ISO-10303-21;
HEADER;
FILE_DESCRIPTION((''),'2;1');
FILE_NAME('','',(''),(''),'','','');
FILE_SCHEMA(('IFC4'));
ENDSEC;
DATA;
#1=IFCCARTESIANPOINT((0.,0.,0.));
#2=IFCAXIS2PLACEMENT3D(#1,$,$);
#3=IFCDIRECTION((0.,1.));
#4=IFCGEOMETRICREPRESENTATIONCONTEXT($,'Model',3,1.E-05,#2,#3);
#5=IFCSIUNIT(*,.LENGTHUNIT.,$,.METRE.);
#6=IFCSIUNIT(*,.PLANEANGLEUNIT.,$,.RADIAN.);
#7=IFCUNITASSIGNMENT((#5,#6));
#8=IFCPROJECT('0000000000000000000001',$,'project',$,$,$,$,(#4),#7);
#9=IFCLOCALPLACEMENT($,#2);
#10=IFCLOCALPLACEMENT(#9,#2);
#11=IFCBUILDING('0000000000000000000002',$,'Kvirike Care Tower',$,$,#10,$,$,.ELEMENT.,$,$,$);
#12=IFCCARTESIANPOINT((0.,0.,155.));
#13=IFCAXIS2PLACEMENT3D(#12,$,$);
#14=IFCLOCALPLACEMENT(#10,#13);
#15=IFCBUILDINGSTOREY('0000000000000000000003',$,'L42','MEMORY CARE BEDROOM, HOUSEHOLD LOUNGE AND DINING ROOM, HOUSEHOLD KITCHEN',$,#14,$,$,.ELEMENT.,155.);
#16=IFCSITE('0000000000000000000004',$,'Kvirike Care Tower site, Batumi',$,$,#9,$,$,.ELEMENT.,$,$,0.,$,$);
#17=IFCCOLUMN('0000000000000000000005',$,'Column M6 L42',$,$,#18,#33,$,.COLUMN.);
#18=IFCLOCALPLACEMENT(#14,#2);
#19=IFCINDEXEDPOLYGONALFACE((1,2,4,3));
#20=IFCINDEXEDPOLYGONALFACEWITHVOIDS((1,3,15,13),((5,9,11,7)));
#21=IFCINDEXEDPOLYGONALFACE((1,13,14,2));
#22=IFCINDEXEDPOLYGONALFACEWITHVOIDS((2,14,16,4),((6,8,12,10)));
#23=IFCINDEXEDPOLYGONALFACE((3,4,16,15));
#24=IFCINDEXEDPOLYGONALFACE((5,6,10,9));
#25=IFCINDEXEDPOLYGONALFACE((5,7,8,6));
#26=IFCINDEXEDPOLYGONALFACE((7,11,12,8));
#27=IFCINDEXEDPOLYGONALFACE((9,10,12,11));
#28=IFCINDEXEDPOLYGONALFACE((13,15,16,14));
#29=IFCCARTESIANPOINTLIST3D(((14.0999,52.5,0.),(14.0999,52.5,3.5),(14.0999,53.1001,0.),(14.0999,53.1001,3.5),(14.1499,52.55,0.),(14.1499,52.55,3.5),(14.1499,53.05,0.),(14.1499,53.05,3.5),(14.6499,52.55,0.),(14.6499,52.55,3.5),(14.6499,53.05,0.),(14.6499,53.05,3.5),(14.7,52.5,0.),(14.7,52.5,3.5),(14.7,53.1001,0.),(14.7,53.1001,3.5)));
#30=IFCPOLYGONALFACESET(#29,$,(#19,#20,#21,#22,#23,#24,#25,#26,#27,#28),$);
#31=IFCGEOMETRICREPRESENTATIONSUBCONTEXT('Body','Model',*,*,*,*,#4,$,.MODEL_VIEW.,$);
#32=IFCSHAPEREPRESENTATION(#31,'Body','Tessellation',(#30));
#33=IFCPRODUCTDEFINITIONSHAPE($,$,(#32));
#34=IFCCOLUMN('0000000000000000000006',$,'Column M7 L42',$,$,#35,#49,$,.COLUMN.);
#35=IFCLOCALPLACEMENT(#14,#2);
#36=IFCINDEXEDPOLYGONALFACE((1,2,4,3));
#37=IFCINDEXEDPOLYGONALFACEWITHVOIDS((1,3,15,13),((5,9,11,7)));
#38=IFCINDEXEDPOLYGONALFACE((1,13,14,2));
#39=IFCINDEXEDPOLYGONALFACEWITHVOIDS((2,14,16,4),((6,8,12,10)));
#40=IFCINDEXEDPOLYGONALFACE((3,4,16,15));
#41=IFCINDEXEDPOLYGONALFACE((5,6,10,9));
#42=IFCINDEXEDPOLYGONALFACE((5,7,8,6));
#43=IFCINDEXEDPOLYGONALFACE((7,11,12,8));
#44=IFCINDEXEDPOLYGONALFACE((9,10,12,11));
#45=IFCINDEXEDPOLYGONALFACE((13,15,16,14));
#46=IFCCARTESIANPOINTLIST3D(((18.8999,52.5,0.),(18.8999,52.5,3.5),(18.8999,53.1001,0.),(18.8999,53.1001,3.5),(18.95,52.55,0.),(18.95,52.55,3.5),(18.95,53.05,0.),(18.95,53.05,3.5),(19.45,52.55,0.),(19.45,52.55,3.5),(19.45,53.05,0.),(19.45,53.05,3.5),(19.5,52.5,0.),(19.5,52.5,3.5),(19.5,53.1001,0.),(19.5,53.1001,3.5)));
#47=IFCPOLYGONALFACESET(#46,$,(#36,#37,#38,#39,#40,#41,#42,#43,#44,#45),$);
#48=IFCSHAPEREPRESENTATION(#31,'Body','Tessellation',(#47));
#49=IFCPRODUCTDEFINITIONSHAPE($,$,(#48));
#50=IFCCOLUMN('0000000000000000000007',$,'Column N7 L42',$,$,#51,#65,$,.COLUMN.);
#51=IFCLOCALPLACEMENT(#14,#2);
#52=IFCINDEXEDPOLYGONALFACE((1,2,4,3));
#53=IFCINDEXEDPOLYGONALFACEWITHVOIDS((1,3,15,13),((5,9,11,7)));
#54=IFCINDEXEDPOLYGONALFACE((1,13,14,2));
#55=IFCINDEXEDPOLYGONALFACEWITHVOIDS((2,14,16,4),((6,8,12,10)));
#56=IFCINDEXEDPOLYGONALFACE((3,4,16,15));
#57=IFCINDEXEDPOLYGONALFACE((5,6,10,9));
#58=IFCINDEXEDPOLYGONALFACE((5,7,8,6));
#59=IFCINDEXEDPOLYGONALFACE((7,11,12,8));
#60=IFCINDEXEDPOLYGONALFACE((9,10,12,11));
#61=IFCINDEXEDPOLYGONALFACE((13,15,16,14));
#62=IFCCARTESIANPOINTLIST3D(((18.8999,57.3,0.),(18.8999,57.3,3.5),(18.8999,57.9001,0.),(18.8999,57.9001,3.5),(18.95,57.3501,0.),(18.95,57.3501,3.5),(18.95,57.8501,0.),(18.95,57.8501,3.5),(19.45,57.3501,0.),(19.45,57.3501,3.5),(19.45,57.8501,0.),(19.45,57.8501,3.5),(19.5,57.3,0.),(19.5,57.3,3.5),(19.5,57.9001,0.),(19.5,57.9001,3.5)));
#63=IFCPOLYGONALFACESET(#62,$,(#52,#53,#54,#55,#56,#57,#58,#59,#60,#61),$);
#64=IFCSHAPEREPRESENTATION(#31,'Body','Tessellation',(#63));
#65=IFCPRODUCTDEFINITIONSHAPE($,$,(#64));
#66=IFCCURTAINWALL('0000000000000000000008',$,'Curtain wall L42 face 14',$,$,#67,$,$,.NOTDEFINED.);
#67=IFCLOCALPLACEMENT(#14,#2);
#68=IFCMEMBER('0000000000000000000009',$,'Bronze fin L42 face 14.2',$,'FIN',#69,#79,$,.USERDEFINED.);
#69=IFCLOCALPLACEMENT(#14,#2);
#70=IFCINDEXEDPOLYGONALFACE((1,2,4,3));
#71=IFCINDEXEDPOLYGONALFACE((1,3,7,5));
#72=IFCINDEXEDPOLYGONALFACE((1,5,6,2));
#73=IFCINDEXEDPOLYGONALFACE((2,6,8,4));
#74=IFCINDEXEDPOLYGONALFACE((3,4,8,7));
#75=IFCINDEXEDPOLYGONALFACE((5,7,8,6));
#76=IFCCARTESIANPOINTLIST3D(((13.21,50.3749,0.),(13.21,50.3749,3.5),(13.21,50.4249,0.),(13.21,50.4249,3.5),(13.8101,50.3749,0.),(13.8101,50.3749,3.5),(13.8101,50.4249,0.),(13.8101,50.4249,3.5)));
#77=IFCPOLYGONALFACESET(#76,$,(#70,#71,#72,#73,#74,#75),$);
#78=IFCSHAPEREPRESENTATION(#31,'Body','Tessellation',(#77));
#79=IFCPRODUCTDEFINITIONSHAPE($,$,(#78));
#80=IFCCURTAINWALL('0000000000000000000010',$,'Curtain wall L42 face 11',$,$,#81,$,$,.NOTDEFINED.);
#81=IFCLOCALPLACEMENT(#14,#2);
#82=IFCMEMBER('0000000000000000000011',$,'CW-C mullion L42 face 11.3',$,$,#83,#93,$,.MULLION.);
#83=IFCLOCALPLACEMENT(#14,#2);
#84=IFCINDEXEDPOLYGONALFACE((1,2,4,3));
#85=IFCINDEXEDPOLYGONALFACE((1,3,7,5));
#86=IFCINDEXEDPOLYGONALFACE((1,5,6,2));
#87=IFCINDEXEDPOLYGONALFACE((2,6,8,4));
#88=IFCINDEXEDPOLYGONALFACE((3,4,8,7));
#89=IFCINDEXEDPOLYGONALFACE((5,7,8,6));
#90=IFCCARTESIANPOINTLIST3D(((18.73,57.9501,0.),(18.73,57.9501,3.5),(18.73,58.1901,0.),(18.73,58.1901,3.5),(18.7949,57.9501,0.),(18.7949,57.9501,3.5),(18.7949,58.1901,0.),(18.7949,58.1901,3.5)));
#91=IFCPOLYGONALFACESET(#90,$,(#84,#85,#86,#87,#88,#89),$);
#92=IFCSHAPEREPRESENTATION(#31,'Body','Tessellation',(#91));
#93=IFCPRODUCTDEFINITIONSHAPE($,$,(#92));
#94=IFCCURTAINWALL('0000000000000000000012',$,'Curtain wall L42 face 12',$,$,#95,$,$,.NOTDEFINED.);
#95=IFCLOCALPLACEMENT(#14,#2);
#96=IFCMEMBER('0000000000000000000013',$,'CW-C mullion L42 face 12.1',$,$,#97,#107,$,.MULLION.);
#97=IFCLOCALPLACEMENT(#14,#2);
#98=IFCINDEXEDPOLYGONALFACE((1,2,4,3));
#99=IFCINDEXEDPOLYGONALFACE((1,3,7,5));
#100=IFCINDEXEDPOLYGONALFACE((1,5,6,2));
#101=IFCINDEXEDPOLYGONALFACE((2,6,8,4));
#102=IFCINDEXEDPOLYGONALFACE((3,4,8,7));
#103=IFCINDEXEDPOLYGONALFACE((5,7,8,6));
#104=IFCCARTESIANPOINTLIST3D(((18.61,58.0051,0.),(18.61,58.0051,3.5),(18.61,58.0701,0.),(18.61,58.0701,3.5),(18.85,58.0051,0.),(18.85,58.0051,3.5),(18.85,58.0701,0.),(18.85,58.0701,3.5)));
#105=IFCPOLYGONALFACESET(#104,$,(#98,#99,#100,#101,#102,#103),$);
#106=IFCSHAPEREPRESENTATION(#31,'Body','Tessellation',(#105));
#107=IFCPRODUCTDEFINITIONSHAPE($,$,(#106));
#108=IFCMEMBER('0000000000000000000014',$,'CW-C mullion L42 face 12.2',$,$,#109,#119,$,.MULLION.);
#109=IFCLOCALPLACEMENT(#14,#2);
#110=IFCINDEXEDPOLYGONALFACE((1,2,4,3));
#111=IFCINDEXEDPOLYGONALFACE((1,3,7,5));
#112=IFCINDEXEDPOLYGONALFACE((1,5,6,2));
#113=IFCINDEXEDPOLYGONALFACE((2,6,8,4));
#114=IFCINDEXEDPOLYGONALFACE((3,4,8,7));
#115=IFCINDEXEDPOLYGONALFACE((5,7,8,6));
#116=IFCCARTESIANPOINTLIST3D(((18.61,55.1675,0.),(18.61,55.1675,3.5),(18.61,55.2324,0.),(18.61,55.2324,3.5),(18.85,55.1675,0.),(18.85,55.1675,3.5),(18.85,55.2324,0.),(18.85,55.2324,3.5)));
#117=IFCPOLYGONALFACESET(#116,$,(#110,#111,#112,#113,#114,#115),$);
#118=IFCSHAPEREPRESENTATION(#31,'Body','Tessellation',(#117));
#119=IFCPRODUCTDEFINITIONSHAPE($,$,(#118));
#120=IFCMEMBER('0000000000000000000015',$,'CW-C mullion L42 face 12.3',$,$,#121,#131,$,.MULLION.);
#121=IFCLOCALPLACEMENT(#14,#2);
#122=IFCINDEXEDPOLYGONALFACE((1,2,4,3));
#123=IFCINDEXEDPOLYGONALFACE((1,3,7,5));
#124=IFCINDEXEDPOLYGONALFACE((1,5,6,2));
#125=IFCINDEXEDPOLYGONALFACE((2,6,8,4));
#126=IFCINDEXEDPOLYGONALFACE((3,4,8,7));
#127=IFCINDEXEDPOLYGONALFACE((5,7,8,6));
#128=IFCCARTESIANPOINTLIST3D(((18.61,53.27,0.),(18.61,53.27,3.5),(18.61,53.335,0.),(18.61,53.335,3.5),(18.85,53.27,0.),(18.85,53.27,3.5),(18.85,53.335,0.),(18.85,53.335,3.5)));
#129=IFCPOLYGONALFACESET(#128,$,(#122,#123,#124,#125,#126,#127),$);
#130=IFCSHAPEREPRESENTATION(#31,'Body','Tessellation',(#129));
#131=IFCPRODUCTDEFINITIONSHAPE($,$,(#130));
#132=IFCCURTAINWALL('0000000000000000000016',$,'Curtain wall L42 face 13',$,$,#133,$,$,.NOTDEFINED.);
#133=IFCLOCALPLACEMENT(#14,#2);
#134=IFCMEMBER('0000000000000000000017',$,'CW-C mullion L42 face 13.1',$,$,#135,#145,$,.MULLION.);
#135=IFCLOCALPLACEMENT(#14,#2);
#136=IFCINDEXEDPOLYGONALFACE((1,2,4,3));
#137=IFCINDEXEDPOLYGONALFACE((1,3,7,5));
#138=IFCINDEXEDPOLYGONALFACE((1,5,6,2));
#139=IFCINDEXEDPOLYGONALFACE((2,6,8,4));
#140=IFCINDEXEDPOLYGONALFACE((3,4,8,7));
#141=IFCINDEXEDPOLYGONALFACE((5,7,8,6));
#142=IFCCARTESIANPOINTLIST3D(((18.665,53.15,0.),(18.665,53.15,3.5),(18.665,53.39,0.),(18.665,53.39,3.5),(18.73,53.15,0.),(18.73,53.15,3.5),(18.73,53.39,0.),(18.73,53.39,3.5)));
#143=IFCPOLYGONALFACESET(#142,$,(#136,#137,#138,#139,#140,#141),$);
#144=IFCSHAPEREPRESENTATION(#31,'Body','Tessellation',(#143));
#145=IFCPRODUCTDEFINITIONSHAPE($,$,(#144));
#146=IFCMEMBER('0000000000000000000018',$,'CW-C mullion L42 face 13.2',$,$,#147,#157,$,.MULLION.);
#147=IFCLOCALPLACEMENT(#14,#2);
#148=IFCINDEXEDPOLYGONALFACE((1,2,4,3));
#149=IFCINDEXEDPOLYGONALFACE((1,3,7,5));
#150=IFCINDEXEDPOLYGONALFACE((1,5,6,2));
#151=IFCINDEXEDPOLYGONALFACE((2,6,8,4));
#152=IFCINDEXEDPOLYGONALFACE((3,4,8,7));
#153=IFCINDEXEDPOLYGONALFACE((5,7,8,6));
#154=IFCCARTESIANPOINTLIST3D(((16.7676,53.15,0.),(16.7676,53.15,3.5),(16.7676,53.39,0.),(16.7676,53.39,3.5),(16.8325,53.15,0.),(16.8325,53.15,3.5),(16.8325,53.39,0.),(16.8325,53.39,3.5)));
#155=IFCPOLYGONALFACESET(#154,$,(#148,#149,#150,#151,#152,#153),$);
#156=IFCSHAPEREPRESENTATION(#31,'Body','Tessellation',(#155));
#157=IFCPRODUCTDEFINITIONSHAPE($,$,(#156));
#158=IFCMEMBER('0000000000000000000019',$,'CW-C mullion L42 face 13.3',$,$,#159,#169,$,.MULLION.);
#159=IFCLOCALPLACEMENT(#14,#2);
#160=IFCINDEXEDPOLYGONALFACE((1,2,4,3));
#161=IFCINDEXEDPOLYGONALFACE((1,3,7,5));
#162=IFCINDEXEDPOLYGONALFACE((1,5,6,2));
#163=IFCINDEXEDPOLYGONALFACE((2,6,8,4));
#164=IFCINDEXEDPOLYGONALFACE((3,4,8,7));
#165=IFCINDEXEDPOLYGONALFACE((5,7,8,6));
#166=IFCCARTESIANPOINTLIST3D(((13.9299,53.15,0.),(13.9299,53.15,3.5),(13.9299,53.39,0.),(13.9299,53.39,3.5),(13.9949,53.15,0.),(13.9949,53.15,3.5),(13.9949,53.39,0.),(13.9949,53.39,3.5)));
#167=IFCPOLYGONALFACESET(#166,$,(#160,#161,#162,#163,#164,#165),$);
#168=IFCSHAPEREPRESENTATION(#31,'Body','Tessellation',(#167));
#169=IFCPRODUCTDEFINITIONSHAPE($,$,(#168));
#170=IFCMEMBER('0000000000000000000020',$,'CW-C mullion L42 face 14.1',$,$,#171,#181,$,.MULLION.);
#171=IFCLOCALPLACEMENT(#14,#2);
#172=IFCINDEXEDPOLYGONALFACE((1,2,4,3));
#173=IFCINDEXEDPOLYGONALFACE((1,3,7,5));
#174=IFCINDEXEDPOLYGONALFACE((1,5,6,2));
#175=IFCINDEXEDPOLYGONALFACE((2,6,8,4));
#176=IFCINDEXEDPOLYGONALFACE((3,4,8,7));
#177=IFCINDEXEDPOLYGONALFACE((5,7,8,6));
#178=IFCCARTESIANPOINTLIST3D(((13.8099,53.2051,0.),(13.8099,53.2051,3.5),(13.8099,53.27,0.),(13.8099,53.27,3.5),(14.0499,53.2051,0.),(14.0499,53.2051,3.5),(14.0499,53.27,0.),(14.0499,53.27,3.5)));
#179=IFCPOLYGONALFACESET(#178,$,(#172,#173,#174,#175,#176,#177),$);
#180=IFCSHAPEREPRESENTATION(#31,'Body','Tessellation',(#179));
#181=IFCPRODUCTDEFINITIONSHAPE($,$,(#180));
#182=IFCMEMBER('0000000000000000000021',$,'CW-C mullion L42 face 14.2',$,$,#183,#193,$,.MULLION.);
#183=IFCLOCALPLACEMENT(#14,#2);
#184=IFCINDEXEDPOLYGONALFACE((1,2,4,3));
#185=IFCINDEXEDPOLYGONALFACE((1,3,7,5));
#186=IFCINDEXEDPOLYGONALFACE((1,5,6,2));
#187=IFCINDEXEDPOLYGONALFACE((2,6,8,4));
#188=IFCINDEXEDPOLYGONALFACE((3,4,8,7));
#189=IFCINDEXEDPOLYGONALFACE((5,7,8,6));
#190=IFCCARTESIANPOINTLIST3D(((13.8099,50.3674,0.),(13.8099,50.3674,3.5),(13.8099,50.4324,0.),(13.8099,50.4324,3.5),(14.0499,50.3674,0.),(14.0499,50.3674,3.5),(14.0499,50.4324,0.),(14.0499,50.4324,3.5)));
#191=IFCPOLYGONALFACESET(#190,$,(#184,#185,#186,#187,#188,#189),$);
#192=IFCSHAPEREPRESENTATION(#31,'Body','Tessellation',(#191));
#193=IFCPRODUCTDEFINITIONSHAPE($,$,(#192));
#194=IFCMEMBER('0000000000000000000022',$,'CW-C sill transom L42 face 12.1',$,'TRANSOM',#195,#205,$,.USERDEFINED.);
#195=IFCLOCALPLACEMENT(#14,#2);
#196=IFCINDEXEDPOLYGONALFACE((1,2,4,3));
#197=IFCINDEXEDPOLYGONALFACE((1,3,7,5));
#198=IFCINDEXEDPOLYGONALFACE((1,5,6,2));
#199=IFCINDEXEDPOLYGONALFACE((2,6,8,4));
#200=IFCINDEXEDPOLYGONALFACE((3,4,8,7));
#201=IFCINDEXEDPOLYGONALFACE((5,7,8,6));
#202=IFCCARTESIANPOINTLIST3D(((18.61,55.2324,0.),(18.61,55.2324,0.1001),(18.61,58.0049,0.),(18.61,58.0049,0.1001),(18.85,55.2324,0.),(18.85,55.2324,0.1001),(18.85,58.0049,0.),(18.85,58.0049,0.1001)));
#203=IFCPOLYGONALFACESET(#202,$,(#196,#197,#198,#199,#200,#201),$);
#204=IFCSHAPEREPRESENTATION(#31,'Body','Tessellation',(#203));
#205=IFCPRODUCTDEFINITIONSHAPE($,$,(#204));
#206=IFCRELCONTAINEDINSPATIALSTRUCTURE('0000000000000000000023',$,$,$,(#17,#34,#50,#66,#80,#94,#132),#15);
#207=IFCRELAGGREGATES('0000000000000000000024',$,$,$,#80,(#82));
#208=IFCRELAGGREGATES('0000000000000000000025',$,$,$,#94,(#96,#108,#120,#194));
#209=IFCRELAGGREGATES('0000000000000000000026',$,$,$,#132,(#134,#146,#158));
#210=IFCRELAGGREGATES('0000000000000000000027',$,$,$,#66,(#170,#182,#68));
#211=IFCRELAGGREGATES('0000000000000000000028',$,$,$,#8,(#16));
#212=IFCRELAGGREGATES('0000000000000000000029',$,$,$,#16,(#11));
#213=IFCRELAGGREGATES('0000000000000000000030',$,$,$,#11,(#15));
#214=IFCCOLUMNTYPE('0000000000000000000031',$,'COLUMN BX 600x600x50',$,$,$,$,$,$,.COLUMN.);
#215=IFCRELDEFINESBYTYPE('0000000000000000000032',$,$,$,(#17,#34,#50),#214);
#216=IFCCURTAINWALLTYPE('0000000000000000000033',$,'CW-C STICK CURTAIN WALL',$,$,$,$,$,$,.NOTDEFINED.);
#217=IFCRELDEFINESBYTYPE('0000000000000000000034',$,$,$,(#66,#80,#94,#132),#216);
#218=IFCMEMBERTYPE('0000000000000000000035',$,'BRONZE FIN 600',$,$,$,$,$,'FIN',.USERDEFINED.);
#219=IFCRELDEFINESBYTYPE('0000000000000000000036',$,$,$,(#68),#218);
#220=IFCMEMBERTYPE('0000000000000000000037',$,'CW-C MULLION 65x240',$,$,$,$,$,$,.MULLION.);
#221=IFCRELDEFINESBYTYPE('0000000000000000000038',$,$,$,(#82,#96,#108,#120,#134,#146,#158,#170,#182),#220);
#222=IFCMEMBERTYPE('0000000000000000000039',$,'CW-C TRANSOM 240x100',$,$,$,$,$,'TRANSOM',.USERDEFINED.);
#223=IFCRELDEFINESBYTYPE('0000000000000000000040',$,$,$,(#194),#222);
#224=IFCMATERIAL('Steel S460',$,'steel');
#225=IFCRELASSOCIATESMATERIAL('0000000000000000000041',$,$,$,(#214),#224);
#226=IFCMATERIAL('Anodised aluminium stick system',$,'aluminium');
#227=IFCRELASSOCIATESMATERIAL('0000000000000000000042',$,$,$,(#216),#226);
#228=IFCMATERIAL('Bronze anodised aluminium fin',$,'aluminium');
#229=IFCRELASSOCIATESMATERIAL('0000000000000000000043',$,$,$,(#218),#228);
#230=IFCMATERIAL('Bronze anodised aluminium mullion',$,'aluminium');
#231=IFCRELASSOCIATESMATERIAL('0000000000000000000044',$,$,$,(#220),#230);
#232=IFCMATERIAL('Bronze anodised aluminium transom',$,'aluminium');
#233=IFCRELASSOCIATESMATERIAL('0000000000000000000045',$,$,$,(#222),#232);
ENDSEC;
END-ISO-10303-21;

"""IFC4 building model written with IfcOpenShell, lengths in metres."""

from ifc_helpers import new_model, si_unit, direction, frame, origin, origin_2d, place, context, subcontext, project, spatial, rectangle, hollow_rectangle, extrude, material, material_profile, profile_set, type_object, element, aggregate, save


model = new_model("IFC4")

# Units and contexts
model_context = context("Model", 3, precision=1e-05, world=origin(), true_north=direction((0.0, 1.0)))
body_context = subcontext(model_context, "Body", "Model", "MODEL_VIEW")
ifc_project = project(units=[si_unit("LENGTHUNIT", "METRE"), si_unit("PLANEANGLEUNIT", "RADIAN")], contexts=[model_context])

# Site, building, storey
site_placement = place(None, origin())
site = spatial("IfcSite", under=ifc_project, at=site_placement, Name="Kvirike Care Tower site, Batumi", CompositionType="ELEMENT", RefElevation=0.0)
building_placement = place(site_placement, origin())
building = spatial("IfcBuilding", under=site, at=building_placement, Name="Kvirike Care Tower", CompositionType="ELEMENT")
storey_placement = place(building_placement, frame((0.0, 0.0, 155.0)))
storey = spatial("IfcBuildingStorey", under=building, at=storey_placement, Name="L42", Description="MEMORY CARE BEDROOM, HOUSEHOLD LOUNGE AND DINING ROOM, HOUSEHOLD KITCHEN", CompositionType="ELEMENT", Elevation=155.0)

# Columns
ifc_material_1 = material(Name="Steel S460", Category="steel")
ifc_material_profile_1 = material_profile(ifc_material_1, hollow_rectangle(XDim=0.6001, YDim=0.6001, WallThickness=0.05, at=origin_2d()), Name="BX 600x600x50")
ifc_profile_set_1 = profile_set([ifc_material_profile_1], Name="Steel S460")
column_type = type_object("IfcColumnType", Name="COLUMN BX 600x600x50", PredefinedType="COLUMN", material=ifc_profile_set_1)
for number, where, z_axis, x_axis, name in (
    (1, (14.3999, 52.8, 0.0), (0.0, 0.0, 1.0), (0.0, 1.0, 0.0), "Column M6 L42"),
    (2, (19.2, 52.8, 0.0), (0.0, 0.0, 1.0), (0.0, 1.0, 0.0), "Column M7 L42"),
    (3, (19.2, 57.6001, 0.0), (0.0, 0.0, 1.0), (0.0, 1.0, 0.0), "Column N7 L42"),
):
    element("IfcColumn", number, at=place(storey_placement, frame(where, z_axis=z_axis, x_axis=x_axis)), inside=storey, type_object=column_type, Name=name, PredefinedType="COLUMN", context=body_context, shape_type="SweptSolid", body=[
        extrude(hollow_rectangle(XDim=0.6001, YDim=0.6001, WallThickness=0.05, at=origin_2d()), origin(), (0.0, 0.0, 1.0), 3.5),
    ])

# Curtain walls, members
ifc_material_2 = material(Name="Anodised aluminium stick system", Category="aluminium")
curtain_wall_type = type_object("IfcCurtainWallType", Name="CW-C STICK CURTAIN WALL", PredefinedType="NOTDEFINED", material=ifc_material_2)
curtain_wall_1_placement = place(storey_placement, origin())
curtain_wall_1 = element("IfcCurtainWall", 4, at=curtain_wall_1_placement, inside=storey, type_object=curtain_wall_type, Name="Curtain wall L42 face 14", PredefinedType="NOTDEFINED")
ifc_material_3 = material(Name="Bronze anodised aluminium fin", Category="aluminium")
ifc_material_profile_2 = material_profile(ifc_material_3, rectangle(XDim=0.05, YDim=0.6001, at=origin_2d()), Name="BRONZE FIN 600")
ifc_profile_set_2 = profile_set([ifc_material_profile_2], Name="Bronze anodised aluminium fin")
member_type_1 = type_object("IfcMemberType", Name="BRONZE FIN 600", ElementType="FIN", PredefinedType="USERDEFINED", material=ifc_profile_set_2)
member_1_placement = place(storey_placement, frame((13.51, 50.3999, 0.0), z_axis=(0.0, 0.0, 1.0), x_axis=(0.0, -1.0, 0.0)))
member_1 = element("IfcMember", 5, at=member_1_placement, type_object=member_type_1, Name="Bronze fin L42 face 14.2", ObjectType="FIN", PredefinedType="USERDEFINED", context=body_context, shape_type="SweptSolid", body=[
    extrude(rectangle(XDim=0.05, YDim=0.6001, at=origin_2d()), origin(), (0.0, 0.0, 1.0), 3.5),
])
curtain_wall_2_placement = place(storey_placement, origin())
curtain_wall_2 = element("IfcCurtainWall", 6, at=curtain_wall_2_placement, inside=storey, type_object=curtain_wall_type, Name="Curtain wall L42 face 11", PredefinedType="NOTDEFINED")
ifc_material_4 = material(Name="Bronze anodised aluminium mullion", Category="aluminium")
ifc_material_profile_3 = material_profile(ifc_material_4, rectangle(XDim=0.0649, YDim=0.24, at=origin_2d()), Name="CW-C MULLION 65x240")
ifc_profile_set_3 = profile_set([ifc_material_profile_3], Name="Bronze anodised aluminium mullion")
member_type_2 = type_object("IfcMemberType", Name="CW-C MULLION 65x240", PredefinedType="MULLION", material=ifc_profile_set_3)
member_2_placement = place(storey_placement, frame((18.7625, 58.0701, 0.0), z_axis=(0.0, 0.0, 1.0), x_axis=(-1.0, 0.0, 0.0)))
member_2 = element("IfcMember", 7, at=member_2_placement, type_object=member_type_2, Name="CW-C mullion L42 face 11.3", PredefinedType="MULLION", context=body_context, shape_type="SweptSolid", body=[
    extrude(rectangle(XDim=0.0649, YDim=0.24, at=origin_2d()), origin(), (0.0, 0.0, 1.0), 3.5),
])
aggregate(curtain_wall_2, [member_2])

# Curtain walls, members
curtain_wall_3_placement = place(storey_placement, origin())
curtain_wall_3 = element("IfcCurtainWall", 8, at=curtain_wall_3_placement, inside=storey, type_object=curtain_wall_type, Name="Curtain wall L42 face 12", PredefinedType="NOTDEFINED")
member_3_placement = place(storey_placement, frame((18.73, 58.0376, 0.0), z_axis=(0.0, 0.0, 1.0), x_axis=(0.0, -1.0, 0.0)))
member_3 = element("IfcMember", 9, at=member_3_placement, type_object=member_type_2, Name="CW-C mullion L42 face 12.1", PredefinedType="MULLION", context=body_context, shape_type="SweptSolid", body=[
    extrude(rectangle(XDim=0.0649, YDim=0.24, at=origin_2d()), origin(), (0.0, 0.0, 1.0), 3.5),
])
member_4_placement = place(storey_placement, frame((18.73, 55.2, 0.0), z_axis=(0.0, 0.0, 1.0), x_axis=(0.0, -1.0, 0.0)))
member_4 = element("IfcMember", 10, at=member_4_placement, type_object=member_type_2, Name="CW-C mullion L42 face 12.2", PredefinedType="MULLION", context=body_context, shape_type="SweptSolid", body=[
    extrude(rectangle(XDim=0.0649, YDim=0.24, at=origin_2d()), origin(), (0.0, 0.0, 1.0), 3.5),
])
member_5_placement = place(storey_placement, frame((18.73, 53.3025, 0.0), z_axis=(0.0, 0.0, 1.0), x_axis=(0.0, -1.0, 0.0)))
member_5 = element("IfcMember", 11, at=member_5_placement, type_object=member_type_2, Name="CW-C mullion L42 face 12.3", PredefinedType="MULLION", context=body_context, shape_type="SweptSolid", body=[
    extrude(rectangle(XDim=0.0649, YDim=0.24, at=origin_2d()), origin(), (0.0, 0.0, 1.0), 3.5),
])
curtain_wall_4_placement = place(storey_placement, origin())
curtain_wall_4 = element("IfcCurtainWall", 12, at=curtain_wall_4_placement, inside=storey, type_object=curtain_wall_type, Name="Curtain wall L42 face 13", PredefinedType="NOTDEFINED")
member_6_placement = place(storey_placement, frame((18.6975, 53.27, 0.0), z_axis=(0.0, 0.0, 1.0), x_axis=(-1.0, 0.0, 0.0)))
member_6 = element("IfcMember", 13, at=member_6_placement, type_object=member_type_2, Name="CW-C mullion L42 face 13.1", PredefinedType="MULLION", context=body_context, shape_type="SweptSolid", body=[
    extrude(rectangle(XDim=0.0649, YDim=0.24, at=origin_2d()), origin(), (0.0, 0.0, 1.0), 3.5),
])
member_7_placement = place(storey_placement, frame((16.8, 53.27, 0.0), z_axis=(0.0, 0.0, 1.0), x_axis=(-1.0, 0.0, 0.0)))
member_7 = element("IfcMember", 14, at=member_7_placement, type_object=member_type_2, Name="CW-C mullion L42 face 13.2", PredefinedType="MULLION", context=body_context, shape_type="SweptSolid", body=[
    extrude(rectangle(XDim=0.0649, YDim=0.24, at=origin_2d()), origin(), (0.0, 0.0, 1.0), 3.5),
])
member_8_placement = place(storey_placement, frame((13.9624, 53.27, 0.0), z_axis=(0.0, 0.0, 1.0), x_axis=(-1.0, 0.0, 0.0)))
member_8 = element("IfcMember", 15, at=member_8_placement, type_object=member_type_2, Name="CW-C mullion L42 face 13.3", PredefinedType="MULLION", context=body_context, shape_type="SweptSolid", body=[
    extrude(rectangle(XDim=0.0649, YDim=0.24, at=origin_2d()), origin(), (0.0, 0.0, 1.0), 3.5),
])

# Members
member_9_placement = place(storey_placement, frame((13.9299, 53.2375, 0.0), z_axis=(0.0, 0.0, 1.0), x_axis=(0.0, -1.0, 0.0)))
member_9 = element("IfcMember", 16, at=member_9_placement, type_object=member_type_2, Name="CW-C mullion L42 face 14.1", PredefinedType="MULLION", context=body_context, shape_type="SweptSolid", body=[
    extrude(rectangle(XDim=0.0649, YDim=0.24, at=origin_2d()), origin(), (0.0, 0.0, 1.0), 3.5),
])
member_10_placement = place(storey_placement, frame((13.9299, 50.3999, 0.0), z_axis=(0.0, 0.0, 1.0), x_axis=(0.0, -1.0, 0.0)))
member_10 = element("IfcMember", 17, at=member_10_placement, type_object=member_type_2, Name="CW-C mullion L42 face 14.2", PredefinedType="MULLION", context=body_context, shape_type="SweptSolid", body=[
    extrude(rectangle(XDim=0.0649, YDim=0.24, at=origin_2d()), origin(), (0.0, 0.0, 1.0), 3.5),
])
ifc_material_5 = material(Name="Bronze anodised aluminium transom", Category="aluminium")
ifc_material_profile_4 = material_profile(ifc_material_5, rectangle(XDim=0.24, YDim=0.1001, at=origin_2d()), Name="CW-C TRANSOM 240x100")
ifc_profile_set_4 = profile_set([ifc_material_profile_4], Name="Bronze anodised aluminium transom")
member_type_3 = type_object("IfcMemberType", Name="CW-C TRANSOM 240x100", ElementType="TRANSOM", PredefinedType="USERDEFINED", material=ifc_profile_set_4)
member_11_placement = place(storey_placement, frame((18.73, 58.0049, 0.05), z_axis=(0.0, -1.0, 0.0), x_axis=(1.0, 0.0, 0.0)))
member_11 = element("IfcMember", 18, at=member_11_placement, type_object=member_type_3, Name="CW-C sill transom L42 face 12.1", ObjectType="TRANSOM", PredefinedType="USERDEFINED", context=body_context, shape_type="SweptSolid", body=[
    extrude(rectangle(XDim=0.24, YDim=0.1001, at=origin_2d()), origin(), (0.0, 0.0, 1.0), 2.7725),
])

aggregate(curtain_wall_3, [member_3, member_4, member_5, member_11])
aggregate(curtain_wall_4, [member_6, member_7, member_8])
aggregate(curtain_wall_1, [member_9, member_10, member_1])

save(model, "model.ifc")
